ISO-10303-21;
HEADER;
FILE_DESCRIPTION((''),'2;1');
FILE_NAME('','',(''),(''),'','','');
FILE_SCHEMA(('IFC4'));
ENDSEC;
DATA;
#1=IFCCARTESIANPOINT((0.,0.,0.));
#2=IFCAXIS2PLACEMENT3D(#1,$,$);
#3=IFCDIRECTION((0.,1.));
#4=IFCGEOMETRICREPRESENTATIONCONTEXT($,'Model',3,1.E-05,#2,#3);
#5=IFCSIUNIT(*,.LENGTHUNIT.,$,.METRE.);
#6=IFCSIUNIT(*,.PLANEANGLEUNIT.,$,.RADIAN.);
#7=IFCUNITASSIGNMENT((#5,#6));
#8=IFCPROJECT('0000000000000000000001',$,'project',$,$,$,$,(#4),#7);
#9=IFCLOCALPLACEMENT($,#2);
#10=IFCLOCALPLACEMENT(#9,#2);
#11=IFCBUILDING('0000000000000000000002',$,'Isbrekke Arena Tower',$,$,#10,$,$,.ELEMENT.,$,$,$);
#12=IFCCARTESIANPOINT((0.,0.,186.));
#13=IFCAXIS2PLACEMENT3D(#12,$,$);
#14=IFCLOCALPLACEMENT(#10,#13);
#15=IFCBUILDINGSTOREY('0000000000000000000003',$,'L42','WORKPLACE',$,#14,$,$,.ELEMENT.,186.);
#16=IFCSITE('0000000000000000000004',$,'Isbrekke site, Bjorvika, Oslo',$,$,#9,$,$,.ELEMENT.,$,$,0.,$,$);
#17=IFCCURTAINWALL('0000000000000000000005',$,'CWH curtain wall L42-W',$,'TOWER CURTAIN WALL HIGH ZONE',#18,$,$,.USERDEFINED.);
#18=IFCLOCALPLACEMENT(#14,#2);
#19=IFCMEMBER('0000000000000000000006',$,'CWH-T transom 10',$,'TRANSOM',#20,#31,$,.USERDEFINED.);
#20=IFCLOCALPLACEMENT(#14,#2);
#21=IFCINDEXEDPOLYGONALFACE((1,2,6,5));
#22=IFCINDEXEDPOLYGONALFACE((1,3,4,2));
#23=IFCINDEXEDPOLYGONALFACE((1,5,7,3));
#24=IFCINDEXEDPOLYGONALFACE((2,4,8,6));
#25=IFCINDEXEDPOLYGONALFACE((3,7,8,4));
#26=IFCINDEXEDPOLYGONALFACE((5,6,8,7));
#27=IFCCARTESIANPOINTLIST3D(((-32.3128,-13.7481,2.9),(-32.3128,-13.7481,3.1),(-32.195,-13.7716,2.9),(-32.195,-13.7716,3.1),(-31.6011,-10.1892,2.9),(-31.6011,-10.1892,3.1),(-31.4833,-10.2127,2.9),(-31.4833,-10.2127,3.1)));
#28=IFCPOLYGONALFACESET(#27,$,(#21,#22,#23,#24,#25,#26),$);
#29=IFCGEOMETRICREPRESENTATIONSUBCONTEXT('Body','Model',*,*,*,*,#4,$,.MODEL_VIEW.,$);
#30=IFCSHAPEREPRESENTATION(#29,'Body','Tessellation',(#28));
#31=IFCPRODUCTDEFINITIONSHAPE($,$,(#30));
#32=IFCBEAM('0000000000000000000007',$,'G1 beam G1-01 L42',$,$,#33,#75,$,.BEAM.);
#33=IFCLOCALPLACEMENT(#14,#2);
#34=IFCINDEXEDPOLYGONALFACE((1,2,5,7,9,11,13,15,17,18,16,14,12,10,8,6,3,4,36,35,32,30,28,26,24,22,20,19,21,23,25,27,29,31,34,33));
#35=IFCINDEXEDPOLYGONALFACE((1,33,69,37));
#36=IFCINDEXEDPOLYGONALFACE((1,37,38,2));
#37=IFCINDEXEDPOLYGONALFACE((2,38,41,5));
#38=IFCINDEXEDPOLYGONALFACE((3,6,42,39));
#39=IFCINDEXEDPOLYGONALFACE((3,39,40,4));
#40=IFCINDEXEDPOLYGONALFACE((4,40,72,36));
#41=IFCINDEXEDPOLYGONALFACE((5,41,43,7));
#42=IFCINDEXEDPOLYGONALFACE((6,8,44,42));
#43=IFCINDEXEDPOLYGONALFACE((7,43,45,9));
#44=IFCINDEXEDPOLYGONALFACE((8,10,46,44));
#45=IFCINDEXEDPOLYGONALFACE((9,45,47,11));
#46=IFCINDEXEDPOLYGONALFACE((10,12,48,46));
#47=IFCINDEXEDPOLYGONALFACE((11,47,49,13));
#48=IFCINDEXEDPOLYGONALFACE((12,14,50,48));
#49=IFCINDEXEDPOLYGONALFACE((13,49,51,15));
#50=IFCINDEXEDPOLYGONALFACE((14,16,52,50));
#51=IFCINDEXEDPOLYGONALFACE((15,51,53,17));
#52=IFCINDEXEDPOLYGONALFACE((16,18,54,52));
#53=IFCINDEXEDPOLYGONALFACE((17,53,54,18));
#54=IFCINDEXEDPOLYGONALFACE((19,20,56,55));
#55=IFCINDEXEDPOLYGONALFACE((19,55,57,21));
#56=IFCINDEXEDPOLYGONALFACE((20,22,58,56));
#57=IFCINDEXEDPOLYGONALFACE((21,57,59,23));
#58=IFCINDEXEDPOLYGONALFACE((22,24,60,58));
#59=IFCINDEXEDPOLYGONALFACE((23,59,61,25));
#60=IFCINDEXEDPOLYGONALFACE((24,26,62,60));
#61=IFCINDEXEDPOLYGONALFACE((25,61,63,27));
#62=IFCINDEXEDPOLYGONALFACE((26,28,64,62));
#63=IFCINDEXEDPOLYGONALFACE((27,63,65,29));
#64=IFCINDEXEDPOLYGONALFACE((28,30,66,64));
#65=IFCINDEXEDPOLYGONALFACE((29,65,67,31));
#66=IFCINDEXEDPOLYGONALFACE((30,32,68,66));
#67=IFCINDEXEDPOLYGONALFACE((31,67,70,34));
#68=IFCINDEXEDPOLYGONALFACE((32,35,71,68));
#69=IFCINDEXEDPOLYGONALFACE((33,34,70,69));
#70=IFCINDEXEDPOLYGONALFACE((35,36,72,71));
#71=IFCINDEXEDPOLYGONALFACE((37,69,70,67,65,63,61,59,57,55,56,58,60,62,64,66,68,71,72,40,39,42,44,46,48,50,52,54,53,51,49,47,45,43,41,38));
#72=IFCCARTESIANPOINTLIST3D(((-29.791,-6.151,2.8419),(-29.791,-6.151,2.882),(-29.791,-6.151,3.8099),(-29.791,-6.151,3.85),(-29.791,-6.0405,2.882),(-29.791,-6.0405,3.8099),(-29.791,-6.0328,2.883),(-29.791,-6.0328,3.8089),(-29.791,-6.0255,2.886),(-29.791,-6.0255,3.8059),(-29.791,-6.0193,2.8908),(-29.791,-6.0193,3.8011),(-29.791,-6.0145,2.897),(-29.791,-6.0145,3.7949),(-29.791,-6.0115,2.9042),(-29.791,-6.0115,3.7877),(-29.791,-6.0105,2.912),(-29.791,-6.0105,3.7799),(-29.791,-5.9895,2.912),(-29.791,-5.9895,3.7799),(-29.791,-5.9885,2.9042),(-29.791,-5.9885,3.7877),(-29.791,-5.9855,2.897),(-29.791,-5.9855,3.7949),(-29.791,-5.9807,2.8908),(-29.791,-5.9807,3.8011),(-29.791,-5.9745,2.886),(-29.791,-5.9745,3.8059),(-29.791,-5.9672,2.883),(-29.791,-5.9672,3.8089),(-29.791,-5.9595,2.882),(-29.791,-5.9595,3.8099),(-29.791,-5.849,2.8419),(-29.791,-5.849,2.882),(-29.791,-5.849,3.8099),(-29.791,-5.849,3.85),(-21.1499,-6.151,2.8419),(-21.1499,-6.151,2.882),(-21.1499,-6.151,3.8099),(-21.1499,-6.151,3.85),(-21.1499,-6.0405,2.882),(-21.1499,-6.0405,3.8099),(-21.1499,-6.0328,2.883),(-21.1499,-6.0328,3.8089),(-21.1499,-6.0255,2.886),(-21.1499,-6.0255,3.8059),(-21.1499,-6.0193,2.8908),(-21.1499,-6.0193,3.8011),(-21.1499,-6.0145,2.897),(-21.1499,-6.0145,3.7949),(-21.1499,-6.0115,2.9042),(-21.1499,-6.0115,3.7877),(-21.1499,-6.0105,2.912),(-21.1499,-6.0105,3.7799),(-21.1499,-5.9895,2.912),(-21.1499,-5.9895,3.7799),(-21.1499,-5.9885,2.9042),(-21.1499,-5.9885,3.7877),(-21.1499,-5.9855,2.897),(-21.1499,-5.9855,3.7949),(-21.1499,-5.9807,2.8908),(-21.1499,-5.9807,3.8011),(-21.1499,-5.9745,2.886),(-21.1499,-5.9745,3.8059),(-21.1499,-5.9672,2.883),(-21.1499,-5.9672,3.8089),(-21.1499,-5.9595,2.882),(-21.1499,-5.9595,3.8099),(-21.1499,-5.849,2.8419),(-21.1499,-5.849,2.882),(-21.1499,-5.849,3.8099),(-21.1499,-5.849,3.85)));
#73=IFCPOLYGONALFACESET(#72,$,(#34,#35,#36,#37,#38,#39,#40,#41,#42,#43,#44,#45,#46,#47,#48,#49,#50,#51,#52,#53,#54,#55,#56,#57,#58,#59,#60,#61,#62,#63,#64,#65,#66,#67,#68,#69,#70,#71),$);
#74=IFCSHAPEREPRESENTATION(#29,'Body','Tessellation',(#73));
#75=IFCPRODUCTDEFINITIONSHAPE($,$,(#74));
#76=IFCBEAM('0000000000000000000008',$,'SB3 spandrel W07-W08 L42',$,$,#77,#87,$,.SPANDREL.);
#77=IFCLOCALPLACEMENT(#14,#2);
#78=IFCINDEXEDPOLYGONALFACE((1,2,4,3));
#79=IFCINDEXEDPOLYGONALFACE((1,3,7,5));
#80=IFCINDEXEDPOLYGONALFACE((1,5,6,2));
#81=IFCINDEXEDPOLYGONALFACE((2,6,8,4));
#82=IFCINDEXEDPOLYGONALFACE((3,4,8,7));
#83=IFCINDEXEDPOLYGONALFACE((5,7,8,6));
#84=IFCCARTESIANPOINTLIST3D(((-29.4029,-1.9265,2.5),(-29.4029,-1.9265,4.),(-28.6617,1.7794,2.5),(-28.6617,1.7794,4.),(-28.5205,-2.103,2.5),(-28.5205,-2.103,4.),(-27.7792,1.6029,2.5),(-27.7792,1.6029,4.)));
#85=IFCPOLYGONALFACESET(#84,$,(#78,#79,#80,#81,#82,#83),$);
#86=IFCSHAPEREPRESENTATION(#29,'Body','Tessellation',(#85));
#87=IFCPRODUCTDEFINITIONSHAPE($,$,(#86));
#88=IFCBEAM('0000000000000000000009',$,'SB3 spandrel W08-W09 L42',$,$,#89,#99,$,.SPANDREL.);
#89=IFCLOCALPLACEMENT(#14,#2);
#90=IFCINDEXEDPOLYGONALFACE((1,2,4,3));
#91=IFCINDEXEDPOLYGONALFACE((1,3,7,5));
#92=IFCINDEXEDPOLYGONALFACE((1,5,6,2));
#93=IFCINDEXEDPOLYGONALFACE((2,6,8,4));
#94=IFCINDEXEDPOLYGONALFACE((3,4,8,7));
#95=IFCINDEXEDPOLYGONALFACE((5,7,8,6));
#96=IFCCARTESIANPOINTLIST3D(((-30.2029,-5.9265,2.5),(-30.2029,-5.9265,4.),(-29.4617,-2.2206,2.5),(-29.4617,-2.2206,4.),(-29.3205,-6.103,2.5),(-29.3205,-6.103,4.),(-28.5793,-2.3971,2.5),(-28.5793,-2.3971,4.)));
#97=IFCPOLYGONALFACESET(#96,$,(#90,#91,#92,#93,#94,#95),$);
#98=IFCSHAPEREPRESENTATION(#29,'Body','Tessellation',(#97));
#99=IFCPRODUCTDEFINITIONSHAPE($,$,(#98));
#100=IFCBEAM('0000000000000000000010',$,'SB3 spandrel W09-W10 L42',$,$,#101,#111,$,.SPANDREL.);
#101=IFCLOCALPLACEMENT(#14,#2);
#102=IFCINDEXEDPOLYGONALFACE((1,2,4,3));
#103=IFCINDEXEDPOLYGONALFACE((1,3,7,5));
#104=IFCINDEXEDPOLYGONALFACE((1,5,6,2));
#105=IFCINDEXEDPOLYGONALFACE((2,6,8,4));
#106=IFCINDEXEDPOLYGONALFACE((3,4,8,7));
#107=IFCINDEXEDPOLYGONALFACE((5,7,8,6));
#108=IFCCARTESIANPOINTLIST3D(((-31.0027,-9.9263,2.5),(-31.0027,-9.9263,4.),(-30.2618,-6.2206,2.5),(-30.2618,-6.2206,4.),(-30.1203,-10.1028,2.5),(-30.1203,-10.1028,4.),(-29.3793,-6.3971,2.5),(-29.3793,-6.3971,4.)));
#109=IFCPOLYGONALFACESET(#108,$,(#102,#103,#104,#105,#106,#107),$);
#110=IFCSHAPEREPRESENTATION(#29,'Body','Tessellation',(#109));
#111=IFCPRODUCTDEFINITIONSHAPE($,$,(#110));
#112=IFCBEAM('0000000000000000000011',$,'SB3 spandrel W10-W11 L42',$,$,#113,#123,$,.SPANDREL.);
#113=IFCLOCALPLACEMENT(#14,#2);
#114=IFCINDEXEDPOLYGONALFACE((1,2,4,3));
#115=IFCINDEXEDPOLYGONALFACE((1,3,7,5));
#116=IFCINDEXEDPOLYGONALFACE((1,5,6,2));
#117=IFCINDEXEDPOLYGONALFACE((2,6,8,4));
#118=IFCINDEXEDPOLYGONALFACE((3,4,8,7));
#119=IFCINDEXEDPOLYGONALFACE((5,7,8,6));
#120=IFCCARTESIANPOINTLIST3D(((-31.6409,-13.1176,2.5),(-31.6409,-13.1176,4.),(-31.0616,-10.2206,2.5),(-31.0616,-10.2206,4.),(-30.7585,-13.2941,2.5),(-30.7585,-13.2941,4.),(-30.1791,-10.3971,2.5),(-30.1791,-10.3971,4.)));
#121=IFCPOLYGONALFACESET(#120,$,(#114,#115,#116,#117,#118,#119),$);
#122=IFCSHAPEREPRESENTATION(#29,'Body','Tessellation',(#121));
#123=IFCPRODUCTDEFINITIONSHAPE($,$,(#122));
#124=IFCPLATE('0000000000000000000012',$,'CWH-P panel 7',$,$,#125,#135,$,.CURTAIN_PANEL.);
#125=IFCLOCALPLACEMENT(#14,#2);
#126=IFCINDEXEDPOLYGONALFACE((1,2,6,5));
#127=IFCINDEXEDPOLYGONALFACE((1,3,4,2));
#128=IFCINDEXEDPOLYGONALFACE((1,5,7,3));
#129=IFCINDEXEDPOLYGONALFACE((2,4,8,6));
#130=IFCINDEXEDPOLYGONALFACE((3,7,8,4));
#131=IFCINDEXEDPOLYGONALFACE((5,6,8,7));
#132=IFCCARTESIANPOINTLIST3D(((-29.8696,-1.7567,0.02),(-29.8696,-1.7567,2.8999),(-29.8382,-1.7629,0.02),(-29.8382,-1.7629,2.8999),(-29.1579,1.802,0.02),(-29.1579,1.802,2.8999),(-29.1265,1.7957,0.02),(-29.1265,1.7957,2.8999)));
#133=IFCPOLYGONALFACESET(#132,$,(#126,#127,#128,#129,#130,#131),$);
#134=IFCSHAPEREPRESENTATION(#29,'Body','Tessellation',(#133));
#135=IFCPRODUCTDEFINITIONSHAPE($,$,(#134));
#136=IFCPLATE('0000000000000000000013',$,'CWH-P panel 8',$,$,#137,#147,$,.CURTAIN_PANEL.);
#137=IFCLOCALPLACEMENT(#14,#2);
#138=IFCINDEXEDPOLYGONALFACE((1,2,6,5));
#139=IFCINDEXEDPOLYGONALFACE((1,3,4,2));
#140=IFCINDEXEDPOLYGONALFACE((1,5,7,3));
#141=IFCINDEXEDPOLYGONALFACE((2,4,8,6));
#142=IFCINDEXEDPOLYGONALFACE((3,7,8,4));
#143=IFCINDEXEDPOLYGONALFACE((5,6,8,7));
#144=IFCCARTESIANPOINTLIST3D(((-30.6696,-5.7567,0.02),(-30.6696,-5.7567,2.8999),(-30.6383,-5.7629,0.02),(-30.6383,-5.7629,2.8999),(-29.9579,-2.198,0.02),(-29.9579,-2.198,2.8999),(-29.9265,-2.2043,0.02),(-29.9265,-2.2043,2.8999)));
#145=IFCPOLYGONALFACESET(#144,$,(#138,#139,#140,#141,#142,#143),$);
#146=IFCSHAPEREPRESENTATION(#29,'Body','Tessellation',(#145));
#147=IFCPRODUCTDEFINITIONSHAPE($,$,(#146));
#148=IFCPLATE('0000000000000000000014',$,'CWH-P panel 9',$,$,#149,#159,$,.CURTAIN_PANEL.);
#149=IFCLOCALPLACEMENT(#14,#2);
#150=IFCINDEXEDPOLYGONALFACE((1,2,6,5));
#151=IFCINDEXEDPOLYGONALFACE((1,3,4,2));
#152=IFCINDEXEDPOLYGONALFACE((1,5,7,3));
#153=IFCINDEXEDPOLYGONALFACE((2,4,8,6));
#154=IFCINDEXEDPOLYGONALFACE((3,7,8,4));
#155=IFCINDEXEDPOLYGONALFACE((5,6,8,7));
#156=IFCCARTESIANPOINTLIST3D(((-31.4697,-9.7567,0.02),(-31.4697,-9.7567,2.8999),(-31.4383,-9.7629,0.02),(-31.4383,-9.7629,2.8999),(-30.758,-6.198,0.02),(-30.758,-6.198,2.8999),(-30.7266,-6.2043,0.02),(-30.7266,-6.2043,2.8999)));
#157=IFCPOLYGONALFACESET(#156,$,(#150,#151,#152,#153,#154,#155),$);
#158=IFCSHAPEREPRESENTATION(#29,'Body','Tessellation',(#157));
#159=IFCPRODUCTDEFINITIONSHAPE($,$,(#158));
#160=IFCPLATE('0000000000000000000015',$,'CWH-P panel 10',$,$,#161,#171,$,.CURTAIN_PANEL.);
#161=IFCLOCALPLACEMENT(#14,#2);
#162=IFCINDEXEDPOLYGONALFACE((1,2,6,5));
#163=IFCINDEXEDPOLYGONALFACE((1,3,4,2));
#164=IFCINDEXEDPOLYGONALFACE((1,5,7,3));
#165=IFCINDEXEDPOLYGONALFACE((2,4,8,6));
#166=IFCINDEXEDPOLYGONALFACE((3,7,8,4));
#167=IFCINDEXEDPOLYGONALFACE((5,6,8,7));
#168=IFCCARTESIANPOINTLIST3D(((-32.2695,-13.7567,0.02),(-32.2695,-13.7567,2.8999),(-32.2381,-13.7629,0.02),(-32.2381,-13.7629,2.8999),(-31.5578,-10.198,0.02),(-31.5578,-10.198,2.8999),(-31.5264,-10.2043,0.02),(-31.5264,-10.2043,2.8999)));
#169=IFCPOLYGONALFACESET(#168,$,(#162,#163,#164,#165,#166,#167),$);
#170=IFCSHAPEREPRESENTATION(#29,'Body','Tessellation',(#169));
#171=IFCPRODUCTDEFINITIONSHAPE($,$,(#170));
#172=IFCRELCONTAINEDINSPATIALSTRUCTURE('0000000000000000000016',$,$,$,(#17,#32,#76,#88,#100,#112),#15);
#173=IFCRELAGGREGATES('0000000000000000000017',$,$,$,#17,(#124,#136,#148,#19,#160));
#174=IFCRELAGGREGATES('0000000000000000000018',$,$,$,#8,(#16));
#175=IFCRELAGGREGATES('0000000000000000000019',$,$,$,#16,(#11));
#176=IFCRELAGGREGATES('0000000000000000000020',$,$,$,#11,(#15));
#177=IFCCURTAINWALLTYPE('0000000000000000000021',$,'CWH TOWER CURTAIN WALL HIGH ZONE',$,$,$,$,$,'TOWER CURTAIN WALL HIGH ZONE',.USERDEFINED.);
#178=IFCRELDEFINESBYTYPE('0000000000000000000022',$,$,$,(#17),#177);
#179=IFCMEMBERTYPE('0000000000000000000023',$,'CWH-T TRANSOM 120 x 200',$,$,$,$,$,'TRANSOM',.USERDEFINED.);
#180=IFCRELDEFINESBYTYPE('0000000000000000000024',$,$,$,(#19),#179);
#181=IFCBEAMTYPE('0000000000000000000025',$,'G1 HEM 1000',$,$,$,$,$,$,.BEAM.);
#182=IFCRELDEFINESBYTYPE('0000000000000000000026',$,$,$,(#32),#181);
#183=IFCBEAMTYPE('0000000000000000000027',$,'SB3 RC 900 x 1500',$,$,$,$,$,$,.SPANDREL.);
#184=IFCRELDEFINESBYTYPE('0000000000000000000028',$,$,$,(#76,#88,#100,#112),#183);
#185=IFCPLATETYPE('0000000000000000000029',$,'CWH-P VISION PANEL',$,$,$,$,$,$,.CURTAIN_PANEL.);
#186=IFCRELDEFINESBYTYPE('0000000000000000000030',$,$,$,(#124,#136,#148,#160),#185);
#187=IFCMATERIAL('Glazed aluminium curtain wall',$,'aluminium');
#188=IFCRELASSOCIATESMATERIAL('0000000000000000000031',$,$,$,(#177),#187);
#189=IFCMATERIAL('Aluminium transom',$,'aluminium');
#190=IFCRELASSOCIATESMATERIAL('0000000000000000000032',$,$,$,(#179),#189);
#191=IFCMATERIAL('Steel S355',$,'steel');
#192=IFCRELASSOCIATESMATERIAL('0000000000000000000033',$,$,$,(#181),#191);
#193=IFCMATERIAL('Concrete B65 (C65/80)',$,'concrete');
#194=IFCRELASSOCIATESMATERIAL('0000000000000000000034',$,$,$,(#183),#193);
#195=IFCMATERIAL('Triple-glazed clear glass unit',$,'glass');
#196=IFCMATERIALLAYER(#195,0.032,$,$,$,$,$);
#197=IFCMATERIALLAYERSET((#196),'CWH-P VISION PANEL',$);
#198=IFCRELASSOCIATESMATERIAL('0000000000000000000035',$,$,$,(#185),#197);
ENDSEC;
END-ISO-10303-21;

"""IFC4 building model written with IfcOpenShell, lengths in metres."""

from ifc_helpers import new_model, si_unit, direction, frame, origin, origin_2d, place, context, subcontext, project, spatial, rectangle, i_section, extrude, material, layer, layer_set, material_profile, profile_set, type_object, element, aggregate, save


model = new_model("IFC4")

# Units and contexts
model_context = context("Model", 3, precision=1e-05, world=origin(), true_north=direction((0.0, 1.0)))
body_context = subcontext(model_context, "Body", "Model", "MODEL_VIEW")
ifc_project = project(units=[si_unit("LENGTHUNIT", "METRE"), si_unit("PLANEANGLEUNIT", "RADIAN")], contexts=[model_context])

# Site, building, storey
site_placement = place(None, origin())
site = spatial("IfcSite", under=ifc_project, at=site_placement, Name="Isbrekke site, Bjorvika, Oslo", CompositionType="ELEMENT", RefElevation=0.0)
building_placement = place(site_placement, origin())
building = spatial("IfcBuilding", under=site, at=building_placement, Name="Isbrekke Arena Tower", CompositionType="ELEMENT")
storey_placement = place(building_placement, frame((0.0, 0.0, 186.0)))
storey = spatial("IfcBuildingStorey", under=building, at=storey_placement, Name="L42", Description="WORKPLACE", CompositionType="ELEMENT", Elevation=186.0)

# Curtain wall, member
ifc_material_1 = material(Name="Glazed aluminium curtain wall", Category="aluminium")
curtain_wall_type = type_object("IfcCurtainWallType", Name="CWH TOWER CURTAIN WALL HIGH ZONE", ElementType="TOWER CURTAIN WALL HIGH ZONE", PredefinedType="USERDEFINED", material=ifc_material_1)
curtain_wall_placement = place(storey_placement, origin())
curtain_wall = element("IfcCurtainWall", 1, at=curtain_wall_placement, inside=storey, type_object=curtain_wall_type, Name="CWH curtain wall L42-W", ObjectType="TOWER CURTAIN WALL HIGH ZONE", PredefinedType="USERDEFINED")
ifc_material_2 = material(Name="Aluminium transom", Category="aluminium")
ifc_material_profile_1 = material_profile(ifc_material_2, rectangle(XDim=0.1201, YDim=0.2, at=origin_2d()), Name="TRANSOM 120X200")
ifc_profile_set_1 = profile_set([ifc_material_profile_1], Name="Aluminium transom")
member_type_1 = type_object("IfcMemberType", Name="CWH-T TRANSOM 120 x 200", ElementType="TRANSOM", PredefinedType="USERDEFINED", material=ifc_profile_set_1)
member_1_placement = place(storey_placement, frame((-31.5422, -10.2009, 3.0), z_axis=(-0.19609, -0.980586, 0.0), x_axis=(0.980586, -0.19609, 0.0)))
member_1 = element("IfcMember", 2, at=member_1_placement, type_object=member_type_1, Name="CWH-T transom 10", ObjectType="TRANSOM", PredefinedType="USERDEFINED", context=body_context, shape_type="SweptSolid", body=[
    extrude(rectangle(XDim=0.1201, YDim=0.2, at=origin_2d()), origin(), (0.0, 0.0, 1.0), 3.6294),
])

# Beams
ifc_material_3 = material(Name="Steel S355", Category="steel")
ifc_material_profile_2 = material_profile(ifc_material_3, i_section(OverallWidth=0.302, OverallDepth=1.0081, WebThickness=0.021, FlangeThickness=0.04, FilletRadius=0.03, at=origin_2d()), Name="HEM 1000")
ifc_profile_set_2 = profile_set([ifc_material_profile_2], Name="Steel S355")
beam_type_1 = type_object("IfcBeamType", Name="G1 HEM 1000", PredefinedType="BEAM", material=ifc_profile_set_2)
beam_1_placement = place(storey_placement, frame((-29.791, -6.0, 3.3459), z_axis=(1.0, 0.0, 0.0), x_axis=(0.0, 1.0, 0.0)))
element("IfcBeam", 3, at=beam_1_placement, inside=storey, type_object=beam_type_1, Name="G1 beam G1-01 L42", PredefinedType="BEAM", context=body_context, shape_type="SweptSolid", body=[
    extrude(i_section(OverallWidth=0.302, OverallDepth=1.0081, WebThickness=0.021, FlangeThickness=0.04, FilletRadius=0.03, at=origin_2d()), origin(), (0.0, 0.0, 1.0), 8.6411),
])
ifc_material_4 = material(Name="Concrete B65 (C65/80)", Category="concrete")
ifc_material_profile_3 = material_profile(ifc_material_4, rectangle(XDim=0.8999, YDim=1.5, at=origin_2d()), Name="RC 900x1500")
ifc_profile_set_3 = profile_set([ifc_material_profile_3], Name="Concrete B65 (C65/80)")
beam_type_2 = type_object("IfcBeamType", Name="SB3 RC 900 x 1500", PredefinedType="SPANDREL", material=ifc_profile_set_3)
for number, where, z_axis, x_axis, name in (
    (4, (-28.2205, 1.6912, 3.25), (-0.196129, -0.980578, 0.0), (0.980578, -0.196129, 0.0), "SB3 spandrel W07-W08 L42"),
    (5, (-29.0205, -2.3088, 3.25), (-0.196129, -0.980578, 0.0), (0.980578, -0.196129, 0.0), "SB3 spandrel W08-W09 L42"),
):
    element("IfcBeam", number, at=place(storey_placement, frame(where, z_axis=z_axis, x_axis=x_axis)), inside=storey, type_object=beam_type_2, Name=name, PredefinedType="SPANDREL", context=body_context, shape_type="SweptSolid", body=[
        extrude(rectangle(XDim=0.8999, YDim=1.5, at=origin_2d()), origin(), (0.0, 0.0, 1.0), 3.7793),
    ])
beam_2_placement = place(storey_placement, frame((-29.8206, -6.3088, 3.25), z_axis=(-0.196066, -0.980591, 0.0), x_axis=(0.980591, -0.196066, 0.0)))
element("IfcBeam", 6, at=beam_2_placement, inside=storey, type_object=beam_type_2, Name="SB3 spandrel W09-W10 L42", PredefinedType="SPANDREL", context=body_context, shape_type="SweptSolid", body=[
    extrude(rectangle(XDim=0.8999, YDim=1.5, at=origin_2d()), origin(), (0.0, 0.0, 1.0), 3.7791),
])
beam_3_placement = place(storey_placement, frame((-30.6204, -10.3088, 3.25), z_axis=(-0.1961, -0.980584, 0.0), x_axis=(0.980584, -0.1961, 0.0)))
element("IfcBeam", 7, at=beam_3_placement, inside=storey, type_object=beam_type_2, Name="SB3 spandrel W10-W11 L42", PredefinedType="SPANDREL", context=body_context, shape_type="SweptSolid", body=[
    extrude(rectangle(XDim=0.8999, YDim=1.5, at=origin_2d()), origin(), (0.0, 0.0, 1.0), 2.9543),
])

# Plates
ifc_material_5 = material(Name="Triple-glazed clear glass unit", Category="glass")
ifc_layer = layer(ifc_material_5, 0.032)
ifc_layer_set = layer_set([ifc_layer], Name="CWH-P VISION PANEL")
plate_type = type_object("IfcPlateType", Name="CWH-P VISION PANEL", PredefinedType="CURTAIN_PANEL", material=ifc_layer_set)
plate_1_placement = place(storey_placement, frame((-29.498, 0.0195, 0.02), z_axis=(0.0, 0.0, 1.0), x_axis=(-0.196116, -0.980581, 0.0)))
plate_1 = element("IfcPlate", 8, at=plate_1_placement, type_object=plate_type, Name="CWH-P panel 7", PredefinedType="CURTAIN_PANEL", context=body_context, shape_type="SweptSolid", body=[
    extrude(rectangle(XDim=3.6292, YDim=0.032, at=origin_2d()), origin(), (0.0, 0.0, 1.0), 2.8799),
])
plate_2_placement = place(storey_placement, frame((-30.2981, -3.9805, 0.02), z_axis=(0.0, 0.0, 1.0), x_axis=(-0.196116, -0.980581, 0.0)))
plate_2 = element("IfcPlate", 9, at=plate_2_placement, type_object=plate_type, Name="CWH-P panel 8", PredefinedType="CURTAIN_PANEL", context=body_context, shape_type="SweptSolid", body=[
    extrude(rectangle(XDim=3.6292, YDim=0.032, at=origin_2d()), origin(), (0.0, 0.0, 1.0), 2.8799),
])
plate_3_placement = place(storey_placement, frame((-31.0981, -7.9805, 0.02), z_axis=(0.0, 0.0, 1.0), x_axis=(-0.196116, -0.980581, 0.0)))
plate_3 = element("IfcPlate", 10, at=plate_3_placement, type_object=plate_type, Name="CWH-P panel 9", PredefinedType="CURTAIN_PANEL", context=body_context, shape_type="SweptSolid", body=[
    extrude(rectangle(XDim=3.6292, YDim=0.032, at=origin_2d()), origin(), (0.0, 0.0, 1.0), 2.8799),
])
plate_4_placement = place(storey_placement, frame((-31.8979, -11.9805, 0.02), z_axis=(0.0, 0.0, 1.0), x_axis=(-0.196116, -0.980581, 0.0)))
plate_4 = element("IfcPlate", 11, at=plate_4_placement, type_object=plate_type, Name="CWH-P panel 10", PredefinedType="CURTAIN_PANEL", context=body_context, shape_type="SweptSolid", body=[
    extrude(rectangle(XDim=3.6292, YDim=0.032, at=origin_2d()), origin(), (0.0, 0.0, 1.0), 2.8799),
])
aggregate(curtain_wall, [plate_1, plate_2, plate_3, member_1, plate_4])

save(model, "model.ifc")
